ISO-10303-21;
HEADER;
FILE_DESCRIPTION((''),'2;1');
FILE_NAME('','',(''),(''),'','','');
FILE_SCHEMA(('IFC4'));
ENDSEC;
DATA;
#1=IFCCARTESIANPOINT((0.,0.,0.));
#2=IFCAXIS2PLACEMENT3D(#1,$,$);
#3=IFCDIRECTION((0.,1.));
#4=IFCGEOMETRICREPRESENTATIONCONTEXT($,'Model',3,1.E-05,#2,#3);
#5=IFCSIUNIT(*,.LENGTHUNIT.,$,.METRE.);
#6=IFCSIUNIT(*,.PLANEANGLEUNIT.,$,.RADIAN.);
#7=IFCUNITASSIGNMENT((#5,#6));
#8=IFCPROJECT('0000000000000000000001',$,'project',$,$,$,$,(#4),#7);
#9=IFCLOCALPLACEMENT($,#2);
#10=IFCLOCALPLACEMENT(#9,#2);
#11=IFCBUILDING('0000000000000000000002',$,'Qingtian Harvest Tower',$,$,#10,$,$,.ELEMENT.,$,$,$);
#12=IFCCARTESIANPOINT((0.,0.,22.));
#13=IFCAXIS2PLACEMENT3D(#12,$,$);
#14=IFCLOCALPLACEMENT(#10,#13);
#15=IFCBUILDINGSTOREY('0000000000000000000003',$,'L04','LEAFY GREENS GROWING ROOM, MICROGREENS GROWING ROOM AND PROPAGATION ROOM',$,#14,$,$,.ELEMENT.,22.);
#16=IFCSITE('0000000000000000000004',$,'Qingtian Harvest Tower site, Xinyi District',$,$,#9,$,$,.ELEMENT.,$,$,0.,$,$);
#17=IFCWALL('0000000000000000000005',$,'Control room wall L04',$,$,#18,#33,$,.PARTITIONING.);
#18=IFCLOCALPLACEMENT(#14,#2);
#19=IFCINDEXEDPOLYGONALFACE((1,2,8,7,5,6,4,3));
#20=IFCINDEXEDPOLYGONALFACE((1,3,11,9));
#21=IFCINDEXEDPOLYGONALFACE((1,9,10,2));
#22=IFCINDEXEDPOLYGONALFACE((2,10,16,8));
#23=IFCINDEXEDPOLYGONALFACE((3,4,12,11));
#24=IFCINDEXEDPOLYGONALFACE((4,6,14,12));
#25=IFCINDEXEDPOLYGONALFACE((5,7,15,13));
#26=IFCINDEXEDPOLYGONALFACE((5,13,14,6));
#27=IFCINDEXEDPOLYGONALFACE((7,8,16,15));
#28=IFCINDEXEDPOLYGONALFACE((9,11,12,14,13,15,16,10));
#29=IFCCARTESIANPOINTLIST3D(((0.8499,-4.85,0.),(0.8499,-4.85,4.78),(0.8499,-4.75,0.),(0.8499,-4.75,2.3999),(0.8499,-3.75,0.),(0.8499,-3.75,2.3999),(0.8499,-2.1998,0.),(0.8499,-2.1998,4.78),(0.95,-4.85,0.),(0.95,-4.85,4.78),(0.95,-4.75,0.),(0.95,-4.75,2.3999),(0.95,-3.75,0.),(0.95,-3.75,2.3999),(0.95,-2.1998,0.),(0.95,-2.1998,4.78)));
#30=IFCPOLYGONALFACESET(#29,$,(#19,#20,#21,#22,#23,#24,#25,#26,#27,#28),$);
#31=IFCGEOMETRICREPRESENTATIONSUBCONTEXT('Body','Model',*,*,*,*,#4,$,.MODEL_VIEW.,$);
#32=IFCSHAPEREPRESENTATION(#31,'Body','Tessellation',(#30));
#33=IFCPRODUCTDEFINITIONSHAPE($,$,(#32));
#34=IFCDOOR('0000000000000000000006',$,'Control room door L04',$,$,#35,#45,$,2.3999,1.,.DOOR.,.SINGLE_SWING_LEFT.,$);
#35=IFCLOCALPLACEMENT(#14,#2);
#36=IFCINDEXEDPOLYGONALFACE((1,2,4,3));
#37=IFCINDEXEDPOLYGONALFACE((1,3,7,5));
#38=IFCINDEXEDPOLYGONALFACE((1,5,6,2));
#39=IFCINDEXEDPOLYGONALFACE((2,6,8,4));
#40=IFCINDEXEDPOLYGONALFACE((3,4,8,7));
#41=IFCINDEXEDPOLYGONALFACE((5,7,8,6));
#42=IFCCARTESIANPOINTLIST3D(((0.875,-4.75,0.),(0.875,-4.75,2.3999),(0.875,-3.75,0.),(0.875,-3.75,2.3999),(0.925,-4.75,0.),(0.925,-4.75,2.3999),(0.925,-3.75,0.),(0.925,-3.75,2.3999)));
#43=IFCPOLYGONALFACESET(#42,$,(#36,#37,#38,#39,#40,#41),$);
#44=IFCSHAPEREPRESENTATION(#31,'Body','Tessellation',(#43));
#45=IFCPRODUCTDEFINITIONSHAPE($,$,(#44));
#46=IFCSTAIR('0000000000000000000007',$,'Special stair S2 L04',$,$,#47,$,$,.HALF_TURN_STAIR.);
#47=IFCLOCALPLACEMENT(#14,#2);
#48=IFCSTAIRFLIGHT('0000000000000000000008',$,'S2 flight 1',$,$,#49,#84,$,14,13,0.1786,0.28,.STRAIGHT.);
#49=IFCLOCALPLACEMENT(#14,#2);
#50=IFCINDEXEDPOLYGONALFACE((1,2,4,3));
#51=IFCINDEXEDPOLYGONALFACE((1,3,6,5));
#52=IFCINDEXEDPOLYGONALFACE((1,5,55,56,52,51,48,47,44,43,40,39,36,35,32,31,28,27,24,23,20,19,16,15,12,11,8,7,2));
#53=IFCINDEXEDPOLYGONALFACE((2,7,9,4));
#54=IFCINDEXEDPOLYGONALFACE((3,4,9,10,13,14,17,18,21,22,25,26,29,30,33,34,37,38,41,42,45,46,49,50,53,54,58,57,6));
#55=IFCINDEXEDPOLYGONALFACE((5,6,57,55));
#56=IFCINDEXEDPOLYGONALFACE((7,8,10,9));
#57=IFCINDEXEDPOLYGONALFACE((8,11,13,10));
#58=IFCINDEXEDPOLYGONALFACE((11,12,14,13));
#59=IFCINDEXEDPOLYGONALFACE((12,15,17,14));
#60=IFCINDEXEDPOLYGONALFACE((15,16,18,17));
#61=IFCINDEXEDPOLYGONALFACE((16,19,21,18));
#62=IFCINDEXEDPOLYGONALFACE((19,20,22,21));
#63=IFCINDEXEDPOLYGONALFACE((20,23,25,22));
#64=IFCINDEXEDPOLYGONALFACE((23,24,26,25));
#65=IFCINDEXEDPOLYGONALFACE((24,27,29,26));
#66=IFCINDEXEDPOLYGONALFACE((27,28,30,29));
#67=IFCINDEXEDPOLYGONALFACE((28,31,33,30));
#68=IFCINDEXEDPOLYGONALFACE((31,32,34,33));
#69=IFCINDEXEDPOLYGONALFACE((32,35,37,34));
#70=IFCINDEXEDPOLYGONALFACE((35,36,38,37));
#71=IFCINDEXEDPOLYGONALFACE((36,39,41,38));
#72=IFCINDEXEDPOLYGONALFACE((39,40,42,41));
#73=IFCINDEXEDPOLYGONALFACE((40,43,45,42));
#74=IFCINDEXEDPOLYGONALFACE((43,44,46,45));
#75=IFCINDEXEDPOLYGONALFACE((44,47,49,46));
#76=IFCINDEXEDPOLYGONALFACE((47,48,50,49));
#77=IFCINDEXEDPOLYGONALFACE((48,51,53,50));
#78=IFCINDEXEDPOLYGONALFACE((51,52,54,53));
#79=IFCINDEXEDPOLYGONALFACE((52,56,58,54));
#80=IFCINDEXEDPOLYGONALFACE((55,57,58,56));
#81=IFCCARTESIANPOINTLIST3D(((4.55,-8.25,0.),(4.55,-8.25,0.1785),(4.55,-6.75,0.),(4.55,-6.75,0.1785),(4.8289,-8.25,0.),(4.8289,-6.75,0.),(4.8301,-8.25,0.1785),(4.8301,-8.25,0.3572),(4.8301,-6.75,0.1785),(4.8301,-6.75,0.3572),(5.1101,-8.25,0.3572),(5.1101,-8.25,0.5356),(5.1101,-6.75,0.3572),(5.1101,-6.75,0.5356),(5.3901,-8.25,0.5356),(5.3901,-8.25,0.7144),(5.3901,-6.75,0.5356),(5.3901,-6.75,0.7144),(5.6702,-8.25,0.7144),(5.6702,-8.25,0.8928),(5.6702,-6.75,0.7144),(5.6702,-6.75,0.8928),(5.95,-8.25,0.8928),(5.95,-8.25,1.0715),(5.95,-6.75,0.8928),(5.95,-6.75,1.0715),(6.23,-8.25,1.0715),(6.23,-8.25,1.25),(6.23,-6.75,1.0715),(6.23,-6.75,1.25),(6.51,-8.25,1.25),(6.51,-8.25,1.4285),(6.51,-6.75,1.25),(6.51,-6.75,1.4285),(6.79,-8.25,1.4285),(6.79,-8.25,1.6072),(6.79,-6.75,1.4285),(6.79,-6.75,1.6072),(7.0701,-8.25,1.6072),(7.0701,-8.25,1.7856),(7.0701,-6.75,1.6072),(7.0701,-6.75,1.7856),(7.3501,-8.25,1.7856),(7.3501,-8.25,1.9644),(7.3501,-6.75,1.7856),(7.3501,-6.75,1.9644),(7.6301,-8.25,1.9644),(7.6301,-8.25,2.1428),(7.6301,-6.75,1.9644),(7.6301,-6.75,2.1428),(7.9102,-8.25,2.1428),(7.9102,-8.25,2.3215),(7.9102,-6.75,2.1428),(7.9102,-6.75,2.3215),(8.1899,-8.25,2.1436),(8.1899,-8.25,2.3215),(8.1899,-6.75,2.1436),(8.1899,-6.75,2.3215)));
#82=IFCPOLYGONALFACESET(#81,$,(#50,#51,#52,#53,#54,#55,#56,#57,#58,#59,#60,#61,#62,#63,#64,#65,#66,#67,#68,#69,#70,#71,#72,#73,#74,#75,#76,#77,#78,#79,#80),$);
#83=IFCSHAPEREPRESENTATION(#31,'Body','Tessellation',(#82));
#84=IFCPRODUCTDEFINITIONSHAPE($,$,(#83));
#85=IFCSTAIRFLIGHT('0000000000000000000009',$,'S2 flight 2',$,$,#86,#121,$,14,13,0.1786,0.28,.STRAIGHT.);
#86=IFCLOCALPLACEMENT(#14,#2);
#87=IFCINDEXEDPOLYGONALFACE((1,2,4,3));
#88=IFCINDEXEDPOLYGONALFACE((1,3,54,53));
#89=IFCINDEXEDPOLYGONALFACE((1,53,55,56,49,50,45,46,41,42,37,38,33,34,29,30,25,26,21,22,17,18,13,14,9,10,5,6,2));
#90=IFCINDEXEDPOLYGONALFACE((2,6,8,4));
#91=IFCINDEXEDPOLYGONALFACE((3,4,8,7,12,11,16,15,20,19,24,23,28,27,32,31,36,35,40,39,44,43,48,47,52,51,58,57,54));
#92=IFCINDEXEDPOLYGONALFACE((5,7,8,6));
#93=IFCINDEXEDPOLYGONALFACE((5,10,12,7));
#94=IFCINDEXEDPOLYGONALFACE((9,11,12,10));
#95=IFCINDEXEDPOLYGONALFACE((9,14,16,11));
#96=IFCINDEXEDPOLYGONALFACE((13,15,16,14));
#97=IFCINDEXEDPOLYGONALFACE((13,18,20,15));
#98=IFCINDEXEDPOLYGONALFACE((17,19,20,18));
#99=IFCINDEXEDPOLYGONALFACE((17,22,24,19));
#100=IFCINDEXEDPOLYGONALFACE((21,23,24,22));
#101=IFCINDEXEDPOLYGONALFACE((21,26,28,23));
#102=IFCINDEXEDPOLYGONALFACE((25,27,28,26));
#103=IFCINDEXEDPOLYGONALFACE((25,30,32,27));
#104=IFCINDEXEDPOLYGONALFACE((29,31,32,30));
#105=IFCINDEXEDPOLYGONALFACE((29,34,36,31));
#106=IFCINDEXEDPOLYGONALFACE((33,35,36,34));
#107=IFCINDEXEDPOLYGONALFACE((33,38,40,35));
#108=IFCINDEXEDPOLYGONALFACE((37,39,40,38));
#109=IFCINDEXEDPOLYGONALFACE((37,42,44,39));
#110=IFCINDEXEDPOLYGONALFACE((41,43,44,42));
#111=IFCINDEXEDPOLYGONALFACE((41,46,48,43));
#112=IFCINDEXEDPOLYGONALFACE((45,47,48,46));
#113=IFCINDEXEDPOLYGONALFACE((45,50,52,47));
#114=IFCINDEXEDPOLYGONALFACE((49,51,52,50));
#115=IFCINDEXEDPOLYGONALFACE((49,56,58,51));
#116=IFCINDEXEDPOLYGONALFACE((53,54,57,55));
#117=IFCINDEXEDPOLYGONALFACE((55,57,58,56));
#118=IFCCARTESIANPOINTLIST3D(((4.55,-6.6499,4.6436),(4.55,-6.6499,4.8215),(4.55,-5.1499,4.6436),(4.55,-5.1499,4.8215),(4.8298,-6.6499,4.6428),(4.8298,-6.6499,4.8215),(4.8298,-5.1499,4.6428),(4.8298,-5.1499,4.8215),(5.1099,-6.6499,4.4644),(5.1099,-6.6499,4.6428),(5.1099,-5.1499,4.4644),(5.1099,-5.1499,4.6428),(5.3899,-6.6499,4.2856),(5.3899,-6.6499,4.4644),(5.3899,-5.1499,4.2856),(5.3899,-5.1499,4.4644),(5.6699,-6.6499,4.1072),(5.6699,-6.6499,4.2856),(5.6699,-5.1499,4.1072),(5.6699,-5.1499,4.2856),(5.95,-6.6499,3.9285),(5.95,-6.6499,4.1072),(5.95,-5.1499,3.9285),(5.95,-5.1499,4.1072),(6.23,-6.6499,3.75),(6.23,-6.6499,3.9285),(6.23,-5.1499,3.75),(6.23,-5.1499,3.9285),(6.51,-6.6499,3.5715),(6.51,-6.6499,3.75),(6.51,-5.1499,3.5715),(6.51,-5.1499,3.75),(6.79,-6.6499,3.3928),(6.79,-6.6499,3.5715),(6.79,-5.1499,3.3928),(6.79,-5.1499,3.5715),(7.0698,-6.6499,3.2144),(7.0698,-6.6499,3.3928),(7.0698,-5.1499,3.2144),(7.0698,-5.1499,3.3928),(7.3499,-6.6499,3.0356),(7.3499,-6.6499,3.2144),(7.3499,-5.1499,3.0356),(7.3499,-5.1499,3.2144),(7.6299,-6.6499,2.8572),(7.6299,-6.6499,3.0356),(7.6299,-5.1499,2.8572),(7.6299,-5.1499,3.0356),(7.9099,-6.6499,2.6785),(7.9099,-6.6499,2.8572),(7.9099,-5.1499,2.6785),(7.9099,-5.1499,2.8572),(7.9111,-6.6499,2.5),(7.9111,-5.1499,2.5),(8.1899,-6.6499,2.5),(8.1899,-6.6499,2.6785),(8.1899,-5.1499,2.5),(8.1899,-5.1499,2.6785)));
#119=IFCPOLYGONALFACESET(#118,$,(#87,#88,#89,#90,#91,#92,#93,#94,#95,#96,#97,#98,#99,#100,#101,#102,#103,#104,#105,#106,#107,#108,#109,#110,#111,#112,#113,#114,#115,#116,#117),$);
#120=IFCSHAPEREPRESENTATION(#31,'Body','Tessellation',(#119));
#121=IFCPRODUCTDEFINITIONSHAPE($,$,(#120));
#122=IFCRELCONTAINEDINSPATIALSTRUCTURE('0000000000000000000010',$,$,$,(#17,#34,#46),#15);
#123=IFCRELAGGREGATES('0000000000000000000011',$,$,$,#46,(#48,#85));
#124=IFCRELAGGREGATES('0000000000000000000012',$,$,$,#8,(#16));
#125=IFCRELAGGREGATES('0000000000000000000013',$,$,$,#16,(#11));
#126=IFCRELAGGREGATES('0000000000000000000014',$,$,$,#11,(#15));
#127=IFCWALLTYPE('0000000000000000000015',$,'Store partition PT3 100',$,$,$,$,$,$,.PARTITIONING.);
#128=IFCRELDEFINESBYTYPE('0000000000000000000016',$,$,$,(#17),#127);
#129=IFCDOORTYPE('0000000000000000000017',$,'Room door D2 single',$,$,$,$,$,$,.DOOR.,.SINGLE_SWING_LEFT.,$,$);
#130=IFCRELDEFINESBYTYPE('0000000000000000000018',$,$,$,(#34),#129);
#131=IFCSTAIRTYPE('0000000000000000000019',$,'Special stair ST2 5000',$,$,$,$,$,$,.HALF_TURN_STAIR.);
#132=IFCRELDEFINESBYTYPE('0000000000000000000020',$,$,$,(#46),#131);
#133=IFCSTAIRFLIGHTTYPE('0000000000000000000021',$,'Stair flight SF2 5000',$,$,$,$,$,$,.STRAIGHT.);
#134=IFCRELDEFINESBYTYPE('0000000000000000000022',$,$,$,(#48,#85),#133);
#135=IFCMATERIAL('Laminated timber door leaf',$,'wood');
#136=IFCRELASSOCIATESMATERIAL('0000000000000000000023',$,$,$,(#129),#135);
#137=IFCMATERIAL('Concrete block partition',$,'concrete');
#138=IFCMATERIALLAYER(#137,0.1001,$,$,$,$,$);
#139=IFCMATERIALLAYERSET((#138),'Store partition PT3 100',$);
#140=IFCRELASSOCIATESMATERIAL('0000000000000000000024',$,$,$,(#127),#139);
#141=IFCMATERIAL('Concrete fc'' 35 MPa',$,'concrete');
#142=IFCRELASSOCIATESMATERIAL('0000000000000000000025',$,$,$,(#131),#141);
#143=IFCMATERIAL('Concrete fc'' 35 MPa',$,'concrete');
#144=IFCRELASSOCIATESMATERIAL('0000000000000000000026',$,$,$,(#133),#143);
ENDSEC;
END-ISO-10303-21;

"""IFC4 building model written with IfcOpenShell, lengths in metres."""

from ifc_helpers import new_model, si_unit, direction, frame, frame_2d, origin, place, context, subcontext, project, spatial, polyline, rectangle, outline, extrude, material, layer, layer_set, type_object, element, fill, aggregate, save


model = new_model("IFC4")

# Units and contexts
model_context = context("Model", 3, precision=1e-05, world=origin(), true_north=direction((0.0, 1.0)))
body_context = subcontext(model_context, "Body", "Model", "MODEL_VIEW")
ifc_project = project(units=[si_unit("LENGTHUNIT", "METRE"), si_unit("PLANEANGLEUNIT", "RADIAN")], contexts=[model_context])

# Site, building, storey
site_placement = place(None, origin())
site = spatial("IfcSite", under=ifc_project, at=site_placement, Name="Qingtian Harvest Tower site, Xinyi District", CompositionType="ELEMENT", RefElevation=0.0)
building_placement = place(site_placement, origin())
building = spatial("IfcBuilding", under=site, at=building_placement, Name="Qingtian Harvest Tower", CompositionType="ELEMENT")
storey_placement = place(building_placement, frame((0.0, 0.0, 22.0)))
storey = spatial("IfcBuildingStorey", under=building, at=storey_placement, Name="L04", Description="LEAFY GREENS GROWING ROOM, MICROGREENS GROWING ROOM AND PROPAGATION ROOM", CompositionType="ELEMENT", Elevation=22.0)

# Wall, opening, door
ifc_material_1 = material(Name="Laminated timber door leaf", Category="wood")
door_type_1 = type_object("IfcDoorType", Name="Room door D2 single", OperationType="SINGLE_SWING_LEFT", PredefinedType="DOOR", material=ifc_material_1)
ifc_material_2 = material(Name="Concrete block partition", Category="concrete")
ifc_layer_1 = layer(ifc_material_2, 0.1001)
ifc_layer_set_1 = layer_set([ifc_layer_1], Name="Store partition PT3 100")
wall_type_1 = type_object("IfcWallType", Name="Store partition PT3 100", PredefinedType="PARTITIONING", material=ifc_layer_set_1)
wall_1_placement = place(storey_placement, frame((0.8999, -4.8501, 0.0), z_axis=(0.0, 0.0, 1.0), x_axis=(0.0, 1.0, 0.0)))
wall_1 = element("IfcWall", 1, at=wall_1_placement, inside=storey, type_object=wall_type_1, Name="Control room wall L04", PredefinedType="PARTITIONING", context=body_context, shape_type="SweptSolid", body=[
    extrude(rectangle(XDim=2.6501, YDim=0.1001, at=frame_2d((1.3252, 0.0))), origin(), (0.0, 0.0, 1.0), 4.78),
])
opening_1_placement = place(wall_1_placement, frame((0.1001, 0.0, 0.0)))
opening_1 = element("IfcOpeningElement", 2, at=opening_1_placement, cuts=wall_1, PredefinedType="OPENING", context=body_context, shape_type="SweptSolid", body=[
    extrude(rectangle(XDim=1.0, YDim=2.3999, at=frame_2d((0.5, 1.2))), frame((0.0, 0.0601, 0.0), z_axis=(0.0, -1.0, 0.0), x_axis=(1.0, 0.0, 0.0)), (0.0, 0.0, 1.0), 0.1201),
])
door_1_placement = place(opening_1_placement, origin())
door_1 = element("IfcDoor", 3, at=door_1_placement, inside=storey, type_object=door_type_1, Name="Control room door L04", OperationType="SINGLE_SWING_LEFT", OverallHeight=2.3999, OverallWidth=1.0, PredefinedType="DOOR", context=body_context, shape_type="SweptSolid", body=[
    extrude(rectangle(XDim=1.0, YDim=2.3999, at=frame_2d((0.5, 1.2))), frame((0.0, 0.0249, 0.0), z_axis=(0.0, -1.0, 0.0), x_axis=(1.0, 0.0, 0.0)), (0.0, 0.0, 1.0), 0.05),
])
fill(opening_1, door_1)

# Stair, stair flights
ifc_material_3 = material(Name="Concrete fc' 35 MPa", Category="concrete")
stair_type = type_object("IfcStairType", Name="Special stair ST2 5000", PredefinedType="HALF_TURN_STAIR", material=ifc_material_3)
stair_placement = place(storey_placement, origin())
stair = element("IfcStair", 4, at=stair_placement, inside=storey, type_object=stair_type, Name="Special stair S2 L04", PredefinedType="HALF_TURN_STAIR")
ifc_material_4 = material(Name="Concrete fc' 35 MPa", Category="concrete")
stair_flight_type = type_object("IfcStairFlightType", Name="Stair flight SF2 5000", PredefinedType="STRAIGHT", material=ifc_material_4)
stair_flight_1_placement = place(storey_placement, frame((4.55, -7.5, 0.0), z_axis=(0.0, 0.0, 1.0), x_axis=(1.0, 0.0, 0.0)))
stair_flight_1 = element("IfcStairFlight", 5, at=stair_flight_1_placement, type_object=stair_flight_type, Name="S2 flight 1", NumberOfRisers=14, NumberOfTreads=13, PredefinedType="STRAIGHT", RiserHeight=0.1786, TreadLength=0.28, context=body_context, shape_type="SweptSolid", body=[
    extrude(outline(polyline([(0.0, 0.0), (0.0, 0.1785), (0.28, 0.1785), (0.28, 0.3572), (0.5601, 0.3572), (0.5601, 0.5356), (0.8401, 0.5356), (0.8401, 0.7144), (1.1201, 0.7144), (1.1201, 0.8928), (1.3999, 0.8928), (1.3999, 1.0715), (1.6799, 1.0715), (1.6799, 1.25), (1.96, 1.25), (1.96, 1.4285), (2.24, 1.4285), (2.24, 1.6072), (2.52, 1.6072), (2.52, 1.7856), (2.8, 1.7856), (2.8, 1.9644), (3.0801, 1.9644), (3.0801, 2.1428), (3.3601, 2.1428), (3.3601, 2.3215), (3.6399, 2.3215), (3.6399, 2.5), (3.6399, 2.1436), (0.2788, 0.0), (0.0, 0.0)])), frame((0.0, 0.75, 0.0), z_axis=(0.0, -1.0, 0.0), x_axis=(1.0, 0.0, 0.0)), (0.0, 0.0, 1.0), 1.5),
])
stair_flight_2_placement = place(storey_placement, frame((8.1899, -5.8999, 2.5), z_axis=(0.0, 0.0, 1.0), x_axis=(-1.0, 0.0, 0.0)))
stair_flight_2 = element("IfcStairFlight", 6, at=stair_flight_2_placement, type_object=stair_flight_type, Name="S2 flight 2", NumberOfRisers=14, NumberOfTreads=13, PredefinedType="STRAIGHT", RiserHeight=0.1786, TreadLength=0.28, context=body_context, shape_type="SweptSolid", body=[
    extrude(outline(polyline([(0.0, 0.0), (0.0, 0.1785), (0.28, 0.1785), (0.28, 0.3572), (0.5601, 0.3572), (0.5601, 0.5356), (0.8401, 0.5356), (0.8401, 0.7144), (1.1201, 0.7144), (1.1201, 0.8928), (1.3999, 0.8928), (1.3999, 1.0715), (1.6799, 1.0715), (1.6799, 1.25), (1.96, 1.25), (1.96, 1.4285), (2.24, 1.4285), (2.24, 1.6072), (2.52, 1.6072), (2.52, 1.7856), (2.8, 1.7856), (2.8, 1.9644), (3.0801, 1.9644), (3.0801, 2.1428), (3.3601, 2.1428), (3.3601, 2.3215), (3.6399, 2.3215), (3.6399, 2.5), (3.6399, 2.1436), (0.2788, 0.0), (0.0, 0.0)])), frame((0.0, 0.75, 0.0), z_axis=(0.0, -1.0, 0.0), x_axis=(1.0, 0.0, 0.0)), (0.0, 0.0, 1.0), 1.5),
])
aggregate(stair, [stair_flight_1, stair_flight_2])

save(model, "model.ifc")
